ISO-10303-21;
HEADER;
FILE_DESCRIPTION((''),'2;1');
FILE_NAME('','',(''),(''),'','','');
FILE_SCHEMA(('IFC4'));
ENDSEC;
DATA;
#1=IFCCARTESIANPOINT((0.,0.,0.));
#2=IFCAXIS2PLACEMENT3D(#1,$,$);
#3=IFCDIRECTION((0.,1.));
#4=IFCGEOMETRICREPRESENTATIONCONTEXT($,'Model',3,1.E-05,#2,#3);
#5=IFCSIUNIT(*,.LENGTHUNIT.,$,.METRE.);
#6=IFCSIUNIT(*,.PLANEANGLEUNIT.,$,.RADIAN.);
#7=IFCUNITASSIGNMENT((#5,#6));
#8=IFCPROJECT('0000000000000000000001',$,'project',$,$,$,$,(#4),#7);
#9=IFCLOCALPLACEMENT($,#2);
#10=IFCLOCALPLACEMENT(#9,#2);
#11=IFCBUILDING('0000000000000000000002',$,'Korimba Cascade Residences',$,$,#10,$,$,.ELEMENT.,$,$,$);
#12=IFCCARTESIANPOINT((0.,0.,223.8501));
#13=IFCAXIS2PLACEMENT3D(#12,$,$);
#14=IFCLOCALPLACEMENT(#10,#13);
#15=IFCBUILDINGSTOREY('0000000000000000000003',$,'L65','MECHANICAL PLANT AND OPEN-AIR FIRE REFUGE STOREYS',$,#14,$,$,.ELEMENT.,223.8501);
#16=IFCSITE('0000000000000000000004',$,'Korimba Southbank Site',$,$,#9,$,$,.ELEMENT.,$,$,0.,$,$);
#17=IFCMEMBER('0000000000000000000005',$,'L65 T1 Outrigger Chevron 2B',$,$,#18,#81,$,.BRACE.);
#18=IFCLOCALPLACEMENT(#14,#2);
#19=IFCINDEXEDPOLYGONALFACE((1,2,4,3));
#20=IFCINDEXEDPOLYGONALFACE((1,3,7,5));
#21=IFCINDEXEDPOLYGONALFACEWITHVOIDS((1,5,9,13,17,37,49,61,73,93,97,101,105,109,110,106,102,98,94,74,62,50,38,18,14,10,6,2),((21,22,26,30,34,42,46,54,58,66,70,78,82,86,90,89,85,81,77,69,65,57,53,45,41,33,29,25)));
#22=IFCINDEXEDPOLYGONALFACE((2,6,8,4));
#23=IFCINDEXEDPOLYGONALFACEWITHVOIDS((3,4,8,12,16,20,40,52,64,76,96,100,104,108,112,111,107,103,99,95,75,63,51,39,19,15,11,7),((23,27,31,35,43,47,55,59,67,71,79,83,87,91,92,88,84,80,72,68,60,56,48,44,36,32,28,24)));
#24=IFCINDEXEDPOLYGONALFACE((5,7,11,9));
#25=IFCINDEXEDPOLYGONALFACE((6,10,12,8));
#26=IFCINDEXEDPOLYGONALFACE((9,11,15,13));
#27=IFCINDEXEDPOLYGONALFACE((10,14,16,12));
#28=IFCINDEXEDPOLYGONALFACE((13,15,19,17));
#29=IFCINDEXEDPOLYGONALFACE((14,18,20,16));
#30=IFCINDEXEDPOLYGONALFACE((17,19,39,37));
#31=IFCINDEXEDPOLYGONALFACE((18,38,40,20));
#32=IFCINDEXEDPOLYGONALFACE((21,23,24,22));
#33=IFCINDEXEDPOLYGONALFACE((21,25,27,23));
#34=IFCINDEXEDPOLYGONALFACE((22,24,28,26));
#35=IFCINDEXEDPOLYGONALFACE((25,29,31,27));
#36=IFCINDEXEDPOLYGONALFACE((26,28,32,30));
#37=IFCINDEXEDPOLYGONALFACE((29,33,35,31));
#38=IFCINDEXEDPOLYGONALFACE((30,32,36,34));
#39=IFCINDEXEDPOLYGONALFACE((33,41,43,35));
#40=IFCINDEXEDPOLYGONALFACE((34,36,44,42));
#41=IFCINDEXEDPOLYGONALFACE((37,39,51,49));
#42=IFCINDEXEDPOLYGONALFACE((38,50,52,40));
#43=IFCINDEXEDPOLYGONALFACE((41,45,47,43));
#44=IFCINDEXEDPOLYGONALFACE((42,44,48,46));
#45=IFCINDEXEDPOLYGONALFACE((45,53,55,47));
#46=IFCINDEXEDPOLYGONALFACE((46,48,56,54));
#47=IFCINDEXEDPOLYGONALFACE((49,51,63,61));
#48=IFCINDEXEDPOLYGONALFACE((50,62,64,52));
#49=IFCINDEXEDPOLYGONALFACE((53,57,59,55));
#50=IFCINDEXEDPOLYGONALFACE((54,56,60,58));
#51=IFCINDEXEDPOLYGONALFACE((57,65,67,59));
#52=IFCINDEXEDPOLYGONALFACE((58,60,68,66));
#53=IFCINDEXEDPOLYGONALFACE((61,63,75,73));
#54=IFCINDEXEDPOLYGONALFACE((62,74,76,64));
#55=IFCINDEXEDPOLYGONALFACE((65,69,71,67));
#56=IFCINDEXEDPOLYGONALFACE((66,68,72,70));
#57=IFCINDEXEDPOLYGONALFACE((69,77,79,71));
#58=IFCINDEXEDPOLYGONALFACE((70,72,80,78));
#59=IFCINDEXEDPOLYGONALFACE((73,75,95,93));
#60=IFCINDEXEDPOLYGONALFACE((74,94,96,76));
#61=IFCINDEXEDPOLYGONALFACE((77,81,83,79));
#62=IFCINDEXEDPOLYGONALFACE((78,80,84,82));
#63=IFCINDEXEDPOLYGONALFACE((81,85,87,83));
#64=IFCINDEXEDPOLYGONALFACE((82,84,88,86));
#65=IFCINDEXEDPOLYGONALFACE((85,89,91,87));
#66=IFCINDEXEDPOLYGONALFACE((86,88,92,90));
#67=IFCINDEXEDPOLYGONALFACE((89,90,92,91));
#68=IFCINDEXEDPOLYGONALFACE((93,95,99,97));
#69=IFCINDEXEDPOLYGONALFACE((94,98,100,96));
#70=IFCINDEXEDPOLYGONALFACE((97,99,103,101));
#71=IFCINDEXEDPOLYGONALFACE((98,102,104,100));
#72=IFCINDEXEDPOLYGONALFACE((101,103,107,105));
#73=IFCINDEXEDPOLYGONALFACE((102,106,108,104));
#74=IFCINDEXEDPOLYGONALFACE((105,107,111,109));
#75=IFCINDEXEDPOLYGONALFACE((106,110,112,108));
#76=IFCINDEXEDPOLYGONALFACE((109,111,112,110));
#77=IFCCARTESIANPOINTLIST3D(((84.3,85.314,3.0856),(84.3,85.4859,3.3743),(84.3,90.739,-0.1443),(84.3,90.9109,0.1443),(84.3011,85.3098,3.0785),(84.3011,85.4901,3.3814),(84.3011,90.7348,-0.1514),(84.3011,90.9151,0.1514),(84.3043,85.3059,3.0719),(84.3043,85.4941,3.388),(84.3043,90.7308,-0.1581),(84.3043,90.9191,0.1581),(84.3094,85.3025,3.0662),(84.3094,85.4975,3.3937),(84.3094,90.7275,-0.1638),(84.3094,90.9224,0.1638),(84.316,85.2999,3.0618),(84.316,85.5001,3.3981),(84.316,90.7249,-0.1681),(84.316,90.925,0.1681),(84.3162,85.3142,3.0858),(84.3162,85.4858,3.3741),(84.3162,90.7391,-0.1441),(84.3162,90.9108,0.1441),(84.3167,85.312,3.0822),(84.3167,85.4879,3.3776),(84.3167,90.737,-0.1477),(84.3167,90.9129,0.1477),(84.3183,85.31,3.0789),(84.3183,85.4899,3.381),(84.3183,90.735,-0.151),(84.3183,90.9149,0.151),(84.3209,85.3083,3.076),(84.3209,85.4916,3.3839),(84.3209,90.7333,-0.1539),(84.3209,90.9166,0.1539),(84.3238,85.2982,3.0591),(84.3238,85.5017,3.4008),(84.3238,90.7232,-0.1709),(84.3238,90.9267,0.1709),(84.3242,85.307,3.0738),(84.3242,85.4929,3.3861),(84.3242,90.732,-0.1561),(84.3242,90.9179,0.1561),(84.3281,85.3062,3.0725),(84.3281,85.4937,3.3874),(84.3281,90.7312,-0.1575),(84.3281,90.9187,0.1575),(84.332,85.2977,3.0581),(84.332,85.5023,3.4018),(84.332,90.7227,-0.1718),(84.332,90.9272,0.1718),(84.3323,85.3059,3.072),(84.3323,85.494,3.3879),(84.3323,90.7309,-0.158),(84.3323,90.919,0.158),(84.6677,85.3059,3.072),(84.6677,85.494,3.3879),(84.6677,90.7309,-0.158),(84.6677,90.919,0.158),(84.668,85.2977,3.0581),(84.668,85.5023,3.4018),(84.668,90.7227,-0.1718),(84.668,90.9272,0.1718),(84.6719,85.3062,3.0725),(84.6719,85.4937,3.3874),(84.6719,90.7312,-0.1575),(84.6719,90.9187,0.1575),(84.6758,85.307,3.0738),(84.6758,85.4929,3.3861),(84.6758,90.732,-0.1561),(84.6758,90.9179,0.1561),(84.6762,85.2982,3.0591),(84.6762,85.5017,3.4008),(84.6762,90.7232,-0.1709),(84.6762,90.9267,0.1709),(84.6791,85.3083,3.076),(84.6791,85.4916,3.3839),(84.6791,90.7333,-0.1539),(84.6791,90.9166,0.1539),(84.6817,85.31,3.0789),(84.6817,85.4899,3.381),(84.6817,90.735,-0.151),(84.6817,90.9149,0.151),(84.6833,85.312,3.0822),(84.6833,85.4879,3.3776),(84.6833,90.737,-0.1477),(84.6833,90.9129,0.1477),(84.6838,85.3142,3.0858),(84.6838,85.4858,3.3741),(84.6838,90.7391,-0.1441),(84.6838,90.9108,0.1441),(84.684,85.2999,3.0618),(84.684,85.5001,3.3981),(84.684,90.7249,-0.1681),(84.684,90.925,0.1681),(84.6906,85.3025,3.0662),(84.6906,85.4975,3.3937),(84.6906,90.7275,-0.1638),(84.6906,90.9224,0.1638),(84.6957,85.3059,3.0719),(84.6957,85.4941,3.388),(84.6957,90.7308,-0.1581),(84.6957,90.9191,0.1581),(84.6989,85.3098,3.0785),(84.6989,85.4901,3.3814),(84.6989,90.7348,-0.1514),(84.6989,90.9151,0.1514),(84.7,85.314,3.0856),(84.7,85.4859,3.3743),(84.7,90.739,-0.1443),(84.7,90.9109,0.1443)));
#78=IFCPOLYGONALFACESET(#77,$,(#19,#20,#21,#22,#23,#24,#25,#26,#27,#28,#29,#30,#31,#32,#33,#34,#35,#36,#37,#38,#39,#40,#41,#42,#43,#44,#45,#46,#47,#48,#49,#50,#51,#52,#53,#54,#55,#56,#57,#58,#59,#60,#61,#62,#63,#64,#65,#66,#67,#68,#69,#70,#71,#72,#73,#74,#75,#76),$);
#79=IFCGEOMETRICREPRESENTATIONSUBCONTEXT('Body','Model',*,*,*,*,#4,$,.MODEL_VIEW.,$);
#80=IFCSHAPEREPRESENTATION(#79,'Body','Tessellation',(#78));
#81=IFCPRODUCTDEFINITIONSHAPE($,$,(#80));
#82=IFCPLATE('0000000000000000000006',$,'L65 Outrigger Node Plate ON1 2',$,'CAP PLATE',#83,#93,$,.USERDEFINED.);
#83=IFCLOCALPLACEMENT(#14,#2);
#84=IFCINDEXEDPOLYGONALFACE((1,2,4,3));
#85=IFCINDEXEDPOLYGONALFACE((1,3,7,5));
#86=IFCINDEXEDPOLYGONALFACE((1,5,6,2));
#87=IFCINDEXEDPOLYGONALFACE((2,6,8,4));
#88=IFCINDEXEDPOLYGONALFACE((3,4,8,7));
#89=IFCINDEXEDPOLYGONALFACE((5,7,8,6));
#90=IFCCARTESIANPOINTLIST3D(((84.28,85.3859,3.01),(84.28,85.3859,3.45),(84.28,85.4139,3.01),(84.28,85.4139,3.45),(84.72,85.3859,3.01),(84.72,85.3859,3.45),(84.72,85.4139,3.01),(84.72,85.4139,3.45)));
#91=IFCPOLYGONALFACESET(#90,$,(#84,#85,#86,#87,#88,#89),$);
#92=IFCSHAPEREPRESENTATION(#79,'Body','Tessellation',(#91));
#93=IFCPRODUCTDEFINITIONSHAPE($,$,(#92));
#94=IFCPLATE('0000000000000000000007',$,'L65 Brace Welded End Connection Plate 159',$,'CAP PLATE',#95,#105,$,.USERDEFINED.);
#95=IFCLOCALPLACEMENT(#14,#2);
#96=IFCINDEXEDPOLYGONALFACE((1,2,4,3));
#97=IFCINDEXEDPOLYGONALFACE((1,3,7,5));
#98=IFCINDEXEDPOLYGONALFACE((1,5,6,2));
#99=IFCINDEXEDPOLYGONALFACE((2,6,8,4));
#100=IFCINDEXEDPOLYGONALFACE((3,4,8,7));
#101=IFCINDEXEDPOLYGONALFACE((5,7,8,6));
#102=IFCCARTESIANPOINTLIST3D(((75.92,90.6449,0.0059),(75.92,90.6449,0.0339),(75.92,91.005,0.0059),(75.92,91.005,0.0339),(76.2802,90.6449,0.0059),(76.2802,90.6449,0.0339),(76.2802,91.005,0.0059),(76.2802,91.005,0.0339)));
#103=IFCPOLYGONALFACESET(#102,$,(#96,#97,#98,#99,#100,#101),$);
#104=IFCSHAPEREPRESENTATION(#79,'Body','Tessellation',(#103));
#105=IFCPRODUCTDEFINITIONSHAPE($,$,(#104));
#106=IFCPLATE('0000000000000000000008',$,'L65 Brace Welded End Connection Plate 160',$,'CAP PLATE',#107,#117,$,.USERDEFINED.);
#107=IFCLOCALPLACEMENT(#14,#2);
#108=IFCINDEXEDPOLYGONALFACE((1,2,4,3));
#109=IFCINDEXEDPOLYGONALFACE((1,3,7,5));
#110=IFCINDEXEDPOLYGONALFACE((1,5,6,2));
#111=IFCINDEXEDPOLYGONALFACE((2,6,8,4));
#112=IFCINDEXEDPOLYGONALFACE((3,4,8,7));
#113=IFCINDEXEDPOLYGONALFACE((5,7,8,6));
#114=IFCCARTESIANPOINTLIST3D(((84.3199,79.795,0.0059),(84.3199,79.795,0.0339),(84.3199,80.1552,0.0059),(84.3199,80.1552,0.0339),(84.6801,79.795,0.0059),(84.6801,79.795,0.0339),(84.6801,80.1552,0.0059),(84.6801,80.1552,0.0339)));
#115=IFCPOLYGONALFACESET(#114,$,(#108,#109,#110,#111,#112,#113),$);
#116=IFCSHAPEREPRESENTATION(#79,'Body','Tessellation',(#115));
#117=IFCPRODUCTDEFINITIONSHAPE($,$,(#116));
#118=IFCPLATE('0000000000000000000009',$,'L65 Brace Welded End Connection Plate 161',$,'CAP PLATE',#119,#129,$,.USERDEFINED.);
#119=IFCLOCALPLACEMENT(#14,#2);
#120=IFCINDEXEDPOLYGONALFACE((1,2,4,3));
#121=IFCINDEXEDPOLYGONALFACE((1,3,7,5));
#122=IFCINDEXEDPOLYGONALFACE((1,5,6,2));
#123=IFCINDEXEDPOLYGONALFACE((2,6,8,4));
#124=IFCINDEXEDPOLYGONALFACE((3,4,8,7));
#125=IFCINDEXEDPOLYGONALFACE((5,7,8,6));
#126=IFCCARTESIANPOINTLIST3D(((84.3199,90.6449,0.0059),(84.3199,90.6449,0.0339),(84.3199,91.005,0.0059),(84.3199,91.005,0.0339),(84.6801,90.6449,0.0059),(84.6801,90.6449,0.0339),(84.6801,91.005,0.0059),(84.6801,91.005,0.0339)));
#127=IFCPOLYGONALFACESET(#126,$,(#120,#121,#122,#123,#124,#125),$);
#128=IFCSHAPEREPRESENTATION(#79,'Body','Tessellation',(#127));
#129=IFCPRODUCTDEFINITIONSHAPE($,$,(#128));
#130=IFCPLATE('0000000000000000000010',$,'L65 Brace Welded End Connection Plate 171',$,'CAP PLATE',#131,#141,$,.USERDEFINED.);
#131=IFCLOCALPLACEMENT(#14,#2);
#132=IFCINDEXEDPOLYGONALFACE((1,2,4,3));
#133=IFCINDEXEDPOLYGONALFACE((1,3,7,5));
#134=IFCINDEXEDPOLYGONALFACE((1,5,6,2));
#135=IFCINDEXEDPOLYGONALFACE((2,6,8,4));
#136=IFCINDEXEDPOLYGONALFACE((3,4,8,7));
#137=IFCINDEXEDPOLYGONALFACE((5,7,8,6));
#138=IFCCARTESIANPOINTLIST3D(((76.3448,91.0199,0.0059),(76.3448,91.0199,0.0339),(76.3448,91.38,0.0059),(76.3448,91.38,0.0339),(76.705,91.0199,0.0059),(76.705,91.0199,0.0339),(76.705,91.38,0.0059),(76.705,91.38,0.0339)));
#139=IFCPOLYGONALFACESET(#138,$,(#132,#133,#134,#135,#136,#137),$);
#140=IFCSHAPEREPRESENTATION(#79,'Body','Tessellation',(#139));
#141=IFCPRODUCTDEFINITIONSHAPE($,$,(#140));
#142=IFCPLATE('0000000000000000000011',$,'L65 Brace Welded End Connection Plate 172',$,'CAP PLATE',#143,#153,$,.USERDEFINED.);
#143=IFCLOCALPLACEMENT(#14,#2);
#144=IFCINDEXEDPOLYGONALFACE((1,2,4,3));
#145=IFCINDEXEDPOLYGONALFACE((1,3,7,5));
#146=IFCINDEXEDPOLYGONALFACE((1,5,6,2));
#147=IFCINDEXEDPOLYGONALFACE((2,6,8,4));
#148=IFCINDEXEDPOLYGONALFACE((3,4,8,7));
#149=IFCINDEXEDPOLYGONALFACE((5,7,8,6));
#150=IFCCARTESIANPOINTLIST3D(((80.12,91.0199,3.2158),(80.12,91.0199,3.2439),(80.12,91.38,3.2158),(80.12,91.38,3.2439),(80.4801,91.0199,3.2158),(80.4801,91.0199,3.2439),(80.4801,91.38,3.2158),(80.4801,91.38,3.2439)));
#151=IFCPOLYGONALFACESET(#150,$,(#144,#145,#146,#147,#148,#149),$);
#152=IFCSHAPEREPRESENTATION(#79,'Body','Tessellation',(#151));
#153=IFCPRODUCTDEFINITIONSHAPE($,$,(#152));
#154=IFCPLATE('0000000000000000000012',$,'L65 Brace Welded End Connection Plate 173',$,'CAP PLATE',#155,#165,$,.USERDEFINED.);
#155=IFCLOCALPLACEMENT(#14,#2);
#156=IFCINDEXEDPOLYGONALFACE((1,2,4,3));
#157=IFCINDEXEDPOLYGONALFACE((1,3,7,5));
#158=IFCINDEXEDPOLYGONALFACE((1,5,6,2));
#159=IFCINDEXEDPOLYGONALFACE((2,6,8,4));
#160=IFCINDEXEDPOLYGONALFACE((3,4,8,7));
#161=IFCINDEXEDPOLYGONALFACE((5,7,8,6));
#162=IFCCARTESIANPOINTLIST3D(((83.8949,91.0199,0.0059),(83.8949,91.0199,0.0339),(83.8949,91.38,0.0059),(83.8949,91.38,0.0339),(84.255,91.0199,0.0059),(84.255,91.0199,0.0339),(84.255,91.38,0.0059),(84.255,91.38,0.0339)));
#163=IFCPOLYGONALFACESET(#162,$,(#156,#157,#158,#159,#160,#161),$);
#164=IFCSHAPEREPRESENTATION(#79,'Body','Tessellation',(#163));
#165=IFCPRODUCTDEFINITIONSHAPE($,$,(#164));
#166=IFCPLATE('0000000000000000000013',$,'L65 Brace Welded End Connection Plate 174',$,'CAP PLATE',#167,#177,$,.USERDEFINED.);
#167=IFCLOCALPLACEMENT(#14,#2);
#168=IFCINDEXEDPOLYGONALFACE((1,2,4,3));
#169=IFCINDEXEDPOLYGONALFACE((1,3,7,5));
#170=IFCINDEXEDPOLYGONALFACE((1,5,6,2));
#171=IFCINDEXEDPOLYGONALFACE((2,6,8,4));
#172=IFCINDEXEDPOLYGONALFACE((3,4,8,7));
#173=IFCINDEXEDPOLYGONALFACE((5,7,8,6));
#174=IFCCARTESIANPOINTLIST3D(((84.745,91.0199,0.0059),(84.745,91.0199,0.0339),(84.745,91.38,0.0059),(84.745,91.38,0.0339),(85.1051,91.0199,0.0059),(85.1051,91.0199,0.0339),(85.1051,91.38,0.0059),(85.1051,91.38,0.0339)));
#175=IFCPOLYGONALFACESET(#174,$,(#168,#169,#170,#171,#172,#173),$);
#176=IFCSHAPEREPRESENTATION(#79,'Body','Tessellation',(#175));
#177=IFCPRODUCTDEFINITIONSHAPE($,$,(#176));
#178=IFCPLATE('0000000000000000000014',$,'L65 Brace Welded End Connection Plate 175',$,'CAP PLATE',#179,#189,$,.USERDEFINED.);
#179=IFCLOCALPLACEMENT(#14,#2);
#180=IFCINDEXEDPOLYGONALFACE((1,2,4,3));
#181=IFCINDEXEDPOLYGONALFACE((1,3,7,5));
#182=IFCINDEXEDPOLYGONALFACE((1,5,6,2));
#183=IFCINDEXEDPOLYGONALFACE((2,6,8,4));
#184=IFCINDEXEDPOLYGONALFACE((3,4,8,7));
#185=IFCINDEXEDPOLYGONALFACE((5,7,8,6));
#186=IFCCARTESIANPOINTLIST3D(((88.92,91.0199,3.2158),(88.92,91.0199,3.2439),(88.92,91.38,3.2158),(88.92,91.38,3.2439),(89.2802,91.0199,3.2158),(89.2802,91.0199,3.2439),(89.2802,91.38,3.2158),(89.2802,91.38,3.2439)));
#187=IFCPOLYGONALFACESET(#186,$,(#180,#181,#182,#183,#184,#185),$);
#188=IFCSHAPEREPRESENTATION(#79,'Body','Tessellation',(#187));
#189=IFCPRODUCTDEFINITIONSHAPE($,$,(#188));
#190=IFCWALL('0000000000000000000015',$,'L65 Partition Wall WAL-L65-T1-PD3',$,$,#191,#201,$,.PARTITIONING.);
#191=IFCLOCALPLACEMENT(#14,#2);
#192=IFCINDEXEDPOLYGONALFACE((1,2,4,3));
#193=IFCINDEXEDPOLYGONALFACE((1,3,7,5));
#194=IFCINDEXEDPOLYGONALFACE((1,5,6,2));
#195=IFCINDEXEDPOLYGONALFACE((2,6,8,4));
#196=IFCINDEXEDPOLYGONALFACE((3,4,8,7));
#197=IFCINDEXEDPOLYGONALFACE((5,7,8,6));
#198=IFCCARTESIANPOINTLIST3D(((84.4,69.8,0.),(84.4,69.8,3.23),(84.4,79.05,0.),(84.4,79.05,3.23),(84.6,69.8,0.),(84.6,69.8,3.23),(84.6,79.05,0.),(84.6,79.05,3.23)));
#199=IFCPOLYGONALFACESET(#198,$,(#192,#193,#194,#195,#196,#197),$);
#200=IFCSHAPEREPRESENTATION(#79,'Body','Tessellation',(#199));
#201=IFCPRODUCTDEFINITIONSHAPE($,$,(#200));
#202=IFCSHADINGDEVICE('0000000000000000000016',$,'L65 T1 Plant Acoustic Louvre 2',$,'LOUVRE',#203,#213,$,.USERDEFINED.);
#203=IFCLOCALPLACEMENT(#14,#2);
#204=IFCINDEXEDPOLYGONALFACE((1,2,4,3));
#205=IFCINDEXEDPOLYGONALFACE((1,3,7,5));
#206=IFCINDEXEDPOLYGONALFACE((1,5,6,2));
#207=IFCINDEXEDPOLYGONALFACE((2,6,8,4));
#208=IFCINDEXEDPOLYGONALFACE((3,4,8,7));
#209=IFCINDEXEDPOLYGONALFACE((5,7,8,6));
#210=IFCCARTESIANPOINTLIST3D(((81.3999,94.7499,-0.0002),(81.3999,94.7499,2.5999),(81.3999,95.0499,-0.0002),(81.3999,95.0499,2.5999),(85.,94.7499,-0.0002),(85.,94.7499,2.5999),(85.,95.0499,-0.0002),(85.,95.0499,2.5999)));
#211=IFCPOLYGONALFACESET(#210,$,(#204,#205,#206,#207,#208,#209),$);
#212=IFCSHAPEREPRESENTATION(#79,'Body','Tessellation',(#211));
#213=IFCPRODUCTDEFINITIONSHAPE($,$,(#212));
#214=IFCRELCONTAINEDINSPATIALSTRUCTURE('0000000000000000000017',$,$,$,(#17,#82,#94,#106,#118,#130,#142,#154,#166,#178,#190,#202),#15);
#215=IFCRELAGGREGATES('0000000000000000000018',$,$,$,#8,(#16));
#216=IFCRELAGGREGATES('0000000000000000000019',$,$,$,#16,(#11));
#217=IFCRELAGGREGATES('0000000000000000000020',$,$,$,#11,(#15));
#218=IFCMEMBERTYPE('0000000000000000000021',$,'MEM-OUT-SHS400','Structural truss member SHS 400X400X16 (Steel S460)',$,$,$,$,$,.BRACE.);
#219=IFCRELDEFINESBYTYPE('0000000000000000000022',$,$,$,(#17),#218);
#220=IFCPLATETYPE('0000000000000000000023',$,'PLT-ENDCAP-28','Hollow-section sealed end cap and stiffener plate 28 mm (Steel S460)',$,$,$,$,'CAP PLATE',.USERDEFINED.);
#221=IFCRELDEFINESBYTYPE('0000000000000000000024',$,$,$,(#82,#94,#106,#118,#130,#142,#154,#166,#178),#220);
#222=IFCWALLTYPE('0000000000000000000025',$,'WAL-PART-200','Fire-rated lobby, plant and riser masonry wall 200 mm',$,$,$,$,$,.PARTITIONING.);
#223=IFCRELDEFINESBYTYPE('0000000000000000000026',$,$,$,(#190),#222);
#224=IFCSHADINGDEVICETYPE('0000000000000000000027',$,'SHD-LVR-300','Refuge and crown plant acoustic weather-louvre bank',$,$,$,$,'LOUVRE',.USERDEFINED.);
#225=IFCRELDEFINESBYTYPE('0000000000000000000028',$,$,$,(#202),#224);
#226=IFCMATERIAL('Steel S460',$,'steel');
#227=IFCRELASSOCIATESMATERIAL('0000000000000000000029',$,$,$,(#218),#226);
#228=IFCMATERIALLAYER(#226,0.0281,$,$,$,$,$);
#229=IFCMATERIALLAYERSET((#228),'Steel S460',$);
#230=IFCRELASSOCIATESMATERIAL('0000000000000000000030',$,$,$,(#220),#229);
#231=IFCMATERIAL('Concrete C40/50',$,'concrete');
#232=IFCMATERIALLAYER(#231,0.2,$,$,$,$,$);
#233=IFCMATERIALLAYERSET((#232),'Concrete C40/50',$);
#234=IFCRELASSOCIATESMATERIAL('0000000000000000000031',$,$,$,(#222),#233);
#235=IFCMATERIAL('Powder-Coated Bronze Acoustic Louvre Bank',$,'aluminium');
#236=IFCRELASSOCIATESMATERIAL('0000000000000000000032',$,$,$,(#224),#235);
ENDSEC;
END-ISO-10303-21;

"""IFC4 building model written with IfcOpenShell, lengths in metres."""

from ifc_helpers import new_model, si_unit, direction, frame, frame_2d, origin, origin_2d, place, context, subcontext, project, spatial, rectangle, hollow_rectangle, extrude, material, layer, layer_set, material_profile, profile_set, type_object, element, save


model = new_model("IFC4")

# Units and contexts
model_context = context("Model", 3, precision=1e-05, world=origin(), true_north=direction((0.0, 1.0)))
body_context = subcontext(model_context, "Body", "Model", "MODEL_VIEW")
ifc_project = project(units=[si_unit("LENGTHUNIT", "METRE"), si_unit("PLANEANGLEUNIT", "RADIAN")], contexts=[model_context])

# Site, building, storey
site_placement = place(None, origin())
site = spatial("IfcSite", under=ifc_project, at=site_placement, Name="Korimba Southbank Site", CompositionType="ELEMENT", RefElevation=0.0)
building_placement = place(site_placement, origin())
building = spatial("IfcBuilding", under=site, at=building_placement, Name="Korimba Cascade Residences", CompositionType="ELEMENT")
storey_placement = place(building_placement, frame((0.0, 0.0, 223.8501)))
storey = spatial("IfcBuildingStorey", under=building, at=storey_placement, Name="L65", Description="MECHANICAL PLANT AND OPEN-AIR FIRE REFUGE STOREYS", CompositionType="ELEMENT", Elevation=223.8501)

# Member
ifc_material_1 = material(Name="Steel S460", Category="steel")
ifc_material_profile_1 = material_profile(ifc_material_1, hollow_rectangle(XDim=0.3999, YDim=0.3999, WallThickness=0.0161, InnerFilletRadius=0.0161, OuterFilletRadius=0.032, at=origin_2d()), Name="Steel S460")
ifc_profile_set_1 = profile_set([ifc_material_profile_1], Name="Steel S460")
member_type_1 = type_object("IfcMemberType", Name="MEM-OUT-SHS400", Description="Structural truss member SHS 400X400X16 (Steel S460)", PredefinedType="BRACE", material=ifc_profile_set_1)
for number, where, z_axis, x_axis, name in (
    (1, (84.5, 90.825, 0.0), (0.0, -0.859238, 0.511576), (1.0, 0.0, 0.0), "L65 T1 Outrigger Chevron 2B"),
):
    element("IfcMember", number, at=place(storey_placement, frame(where, z_axis=z_axis, x_axis=x_axis)), inside=storey, type_object=member_type_1, Name=name, PredefinedType="BRACE", context=body_context, shape_type="SweptSolid", body=[
        extrude(hollow_rectangle(XDim=0.3999, YDim=0.3999, WallThickness=0.0161, InnerFilletRadius=0.0161, OuterFilletRadius=0.032, at=origin_2d()), origin(), (0.0, 0.0, 1.0), 6.3137),
    ])

# Plates
ifc_layer_1 = layer(ifc_material_1, 0.0281)
ifc_layer_set_1 = layer_set([ifc_layer_1], Name="Steel S460")
plate_type = type_object("IfcPlateType", Name="PLT-ENDCAP-28", Description="Hollow-section sealed end cap and stiffener plate 28 mm (Steel S460)", ElementType="CAP PLATE", PredefinedType="USERDEFINED", material=ifc_layer_set_1)
plate_placement = place(storey_placement, frame((84.5, 85.3999, 3.01), z_axis=(0.0, 0.0, 1.0), x_axis=(1.0, 0.0, 0.0)))
element("IfcPlate", 2, at=plate_placement, inside=storey, type_object=plate_type, Name="L65 Outrigger Node Plate ON1 2", ObjectType="CAP PLATE", PredefinedType="USERDEFINED", context=body_context, shape_type="SweptSolid", body=[
    extrude(rectangle(XDim=0.4399, YDim=0.0281, at=origin_2d()), origin(), (0.0, 0.0, 1.0), 0.4399),
])
for number, where, z_axis, x_axis, name in (
    (3, (76.1001, 90.825, 0.0059), (0.0, 0.0, 1.0), (1.0, 0.0, 0.0), "L65 Brace Welded End Connection Plate 159"),
    (4, (84.5, 79.9751, 0.0059), (0.0, 0.0, 1.0), (1.0, 0.0, 0.0), "L65 Brace Welded End Connection Plate 160"),
    (5, (84.5, 90.825, 0.0059), (0.0, 0.0, 1.0), (1.0, 0.0, 0.0), "L65 Brace Welded End Connection Plate 161"),
    (6, (76.5249, 91.2, 0.0059), (0.0, 0.0, 1.0), (1.0, 0.0, 0.0), "L65 Brace Welded End Connection Plate 171"),
    (7, (80.3, 91.2, 3.2158), (0.0, 0.0, 1.0), (1.0, 0.0, 0.0), "L65 Brace Welded End Connection Plate 172"),
    (8, (84.075, 91.2, 0.0059), (0.0, 0.0, 1.0), (1.0, 0.0, 0.0), "L65 Brace Welded End Connection Plate 173"),
    (9, (84.925, 91.2, 0.0059), (0.0, 0.0, 1.0), (1.0, 0.0, 0.0), "L65 Brace Welded End Connection Plate 174"),
    (10, (89.1001, 91.2, 3.2158), (0.0, 0.0, 1.0), (1.0, 0.0, 0.0), "L65 Brace Welded End Connection Plate 175"),
):
    element("IfcPlate", number, at=place(storey_placement, frame(where, z_axis=z_axis, x_axis=x_axis)), inside=storey, type_object=plate_type, Name=name, ObjectType="CAP PLATE", PredefinedType="USERDEFINED", context=body_context, shape_type="SweptSolid", body=[
        extrude(rectangle(XDim=0.3601, YDim=0.3601, at=origin_2d()), origin(), (0.0, 0.0, 1.0), 0.0281),
    ])

# Wall
ifc_material_2 = material(Name="Concrete C40/50", Category="concrete")
ifc_layer_2 = layer(ifc_material_2, 0.2)
ifc_layer_set_2 = layer_set([ifc_layer_2], Name="Concrete C40/50")
wall_type = type_object("IfcWallType", Name="WAL-PART-200", Description="Fire-rated lobby, plant and riser masonry wall 200 mm", PredefinedType="PARTITIONING", material=ifc_layer_set_2)
wall_placement = place(storey_placement, frame((84.5, 69.8, 0.0), z_axis=(0.0, 0.0, 1.0), x_axis=(0.0, 1.0, 0.0)))
element("IfcWall", 11, at=wall_placement, inside=storey, type_object=wall_type, Name="L65 Partition Wall WAL-L65-T1-PD3", PredefinedType="PARTITIONING", context=body_context, shape_type="SweptSolid", body=[
    extrude(rectangle(XDim=9.25, YDim=0.2, at=frame_2d((4.625, 0.0))), origin(), (0.0, 0.0, 1.0), 3.23),
])

# Shading device
ifc_material_3 = material(Name="Powder-Coated Bronze Acoustic Louvre Bank", Category="aluminium")
shading_device_type = type_object("IfcShadingDeviceType", Name="SHD-LVR-300", Description="Refuge and crown plant acoustic weather-louvre bank", ElementType="LOUVRE", PredefinedType="USERDEFINED", material=ifc_material_3)
shading_device_placement = place(storey_placement, frame((83.2, 94.8999, -0.0002), z_axis=(0.0, 0.0, 1.0), x_axis=(1.0, 0.0, 0.0)))
element("IfcShadingDevice", 12, at=shading_device_placement, inside=storey, type_object=shading_device_type, Name="L65 T1 Plant Acoustic Louvre 2", ObjectType="LOUVRE", PredefinedType="USERDEFINED", context=body_context, shape_type="SweptSolid", body=[
    extrude(rectangle(XDim=3.6001, YDim=0.3, at=origin_2d()), origin(), (0.0, 0.0, 1.0), 2.6001),
])

save(model, "model.ifc")
